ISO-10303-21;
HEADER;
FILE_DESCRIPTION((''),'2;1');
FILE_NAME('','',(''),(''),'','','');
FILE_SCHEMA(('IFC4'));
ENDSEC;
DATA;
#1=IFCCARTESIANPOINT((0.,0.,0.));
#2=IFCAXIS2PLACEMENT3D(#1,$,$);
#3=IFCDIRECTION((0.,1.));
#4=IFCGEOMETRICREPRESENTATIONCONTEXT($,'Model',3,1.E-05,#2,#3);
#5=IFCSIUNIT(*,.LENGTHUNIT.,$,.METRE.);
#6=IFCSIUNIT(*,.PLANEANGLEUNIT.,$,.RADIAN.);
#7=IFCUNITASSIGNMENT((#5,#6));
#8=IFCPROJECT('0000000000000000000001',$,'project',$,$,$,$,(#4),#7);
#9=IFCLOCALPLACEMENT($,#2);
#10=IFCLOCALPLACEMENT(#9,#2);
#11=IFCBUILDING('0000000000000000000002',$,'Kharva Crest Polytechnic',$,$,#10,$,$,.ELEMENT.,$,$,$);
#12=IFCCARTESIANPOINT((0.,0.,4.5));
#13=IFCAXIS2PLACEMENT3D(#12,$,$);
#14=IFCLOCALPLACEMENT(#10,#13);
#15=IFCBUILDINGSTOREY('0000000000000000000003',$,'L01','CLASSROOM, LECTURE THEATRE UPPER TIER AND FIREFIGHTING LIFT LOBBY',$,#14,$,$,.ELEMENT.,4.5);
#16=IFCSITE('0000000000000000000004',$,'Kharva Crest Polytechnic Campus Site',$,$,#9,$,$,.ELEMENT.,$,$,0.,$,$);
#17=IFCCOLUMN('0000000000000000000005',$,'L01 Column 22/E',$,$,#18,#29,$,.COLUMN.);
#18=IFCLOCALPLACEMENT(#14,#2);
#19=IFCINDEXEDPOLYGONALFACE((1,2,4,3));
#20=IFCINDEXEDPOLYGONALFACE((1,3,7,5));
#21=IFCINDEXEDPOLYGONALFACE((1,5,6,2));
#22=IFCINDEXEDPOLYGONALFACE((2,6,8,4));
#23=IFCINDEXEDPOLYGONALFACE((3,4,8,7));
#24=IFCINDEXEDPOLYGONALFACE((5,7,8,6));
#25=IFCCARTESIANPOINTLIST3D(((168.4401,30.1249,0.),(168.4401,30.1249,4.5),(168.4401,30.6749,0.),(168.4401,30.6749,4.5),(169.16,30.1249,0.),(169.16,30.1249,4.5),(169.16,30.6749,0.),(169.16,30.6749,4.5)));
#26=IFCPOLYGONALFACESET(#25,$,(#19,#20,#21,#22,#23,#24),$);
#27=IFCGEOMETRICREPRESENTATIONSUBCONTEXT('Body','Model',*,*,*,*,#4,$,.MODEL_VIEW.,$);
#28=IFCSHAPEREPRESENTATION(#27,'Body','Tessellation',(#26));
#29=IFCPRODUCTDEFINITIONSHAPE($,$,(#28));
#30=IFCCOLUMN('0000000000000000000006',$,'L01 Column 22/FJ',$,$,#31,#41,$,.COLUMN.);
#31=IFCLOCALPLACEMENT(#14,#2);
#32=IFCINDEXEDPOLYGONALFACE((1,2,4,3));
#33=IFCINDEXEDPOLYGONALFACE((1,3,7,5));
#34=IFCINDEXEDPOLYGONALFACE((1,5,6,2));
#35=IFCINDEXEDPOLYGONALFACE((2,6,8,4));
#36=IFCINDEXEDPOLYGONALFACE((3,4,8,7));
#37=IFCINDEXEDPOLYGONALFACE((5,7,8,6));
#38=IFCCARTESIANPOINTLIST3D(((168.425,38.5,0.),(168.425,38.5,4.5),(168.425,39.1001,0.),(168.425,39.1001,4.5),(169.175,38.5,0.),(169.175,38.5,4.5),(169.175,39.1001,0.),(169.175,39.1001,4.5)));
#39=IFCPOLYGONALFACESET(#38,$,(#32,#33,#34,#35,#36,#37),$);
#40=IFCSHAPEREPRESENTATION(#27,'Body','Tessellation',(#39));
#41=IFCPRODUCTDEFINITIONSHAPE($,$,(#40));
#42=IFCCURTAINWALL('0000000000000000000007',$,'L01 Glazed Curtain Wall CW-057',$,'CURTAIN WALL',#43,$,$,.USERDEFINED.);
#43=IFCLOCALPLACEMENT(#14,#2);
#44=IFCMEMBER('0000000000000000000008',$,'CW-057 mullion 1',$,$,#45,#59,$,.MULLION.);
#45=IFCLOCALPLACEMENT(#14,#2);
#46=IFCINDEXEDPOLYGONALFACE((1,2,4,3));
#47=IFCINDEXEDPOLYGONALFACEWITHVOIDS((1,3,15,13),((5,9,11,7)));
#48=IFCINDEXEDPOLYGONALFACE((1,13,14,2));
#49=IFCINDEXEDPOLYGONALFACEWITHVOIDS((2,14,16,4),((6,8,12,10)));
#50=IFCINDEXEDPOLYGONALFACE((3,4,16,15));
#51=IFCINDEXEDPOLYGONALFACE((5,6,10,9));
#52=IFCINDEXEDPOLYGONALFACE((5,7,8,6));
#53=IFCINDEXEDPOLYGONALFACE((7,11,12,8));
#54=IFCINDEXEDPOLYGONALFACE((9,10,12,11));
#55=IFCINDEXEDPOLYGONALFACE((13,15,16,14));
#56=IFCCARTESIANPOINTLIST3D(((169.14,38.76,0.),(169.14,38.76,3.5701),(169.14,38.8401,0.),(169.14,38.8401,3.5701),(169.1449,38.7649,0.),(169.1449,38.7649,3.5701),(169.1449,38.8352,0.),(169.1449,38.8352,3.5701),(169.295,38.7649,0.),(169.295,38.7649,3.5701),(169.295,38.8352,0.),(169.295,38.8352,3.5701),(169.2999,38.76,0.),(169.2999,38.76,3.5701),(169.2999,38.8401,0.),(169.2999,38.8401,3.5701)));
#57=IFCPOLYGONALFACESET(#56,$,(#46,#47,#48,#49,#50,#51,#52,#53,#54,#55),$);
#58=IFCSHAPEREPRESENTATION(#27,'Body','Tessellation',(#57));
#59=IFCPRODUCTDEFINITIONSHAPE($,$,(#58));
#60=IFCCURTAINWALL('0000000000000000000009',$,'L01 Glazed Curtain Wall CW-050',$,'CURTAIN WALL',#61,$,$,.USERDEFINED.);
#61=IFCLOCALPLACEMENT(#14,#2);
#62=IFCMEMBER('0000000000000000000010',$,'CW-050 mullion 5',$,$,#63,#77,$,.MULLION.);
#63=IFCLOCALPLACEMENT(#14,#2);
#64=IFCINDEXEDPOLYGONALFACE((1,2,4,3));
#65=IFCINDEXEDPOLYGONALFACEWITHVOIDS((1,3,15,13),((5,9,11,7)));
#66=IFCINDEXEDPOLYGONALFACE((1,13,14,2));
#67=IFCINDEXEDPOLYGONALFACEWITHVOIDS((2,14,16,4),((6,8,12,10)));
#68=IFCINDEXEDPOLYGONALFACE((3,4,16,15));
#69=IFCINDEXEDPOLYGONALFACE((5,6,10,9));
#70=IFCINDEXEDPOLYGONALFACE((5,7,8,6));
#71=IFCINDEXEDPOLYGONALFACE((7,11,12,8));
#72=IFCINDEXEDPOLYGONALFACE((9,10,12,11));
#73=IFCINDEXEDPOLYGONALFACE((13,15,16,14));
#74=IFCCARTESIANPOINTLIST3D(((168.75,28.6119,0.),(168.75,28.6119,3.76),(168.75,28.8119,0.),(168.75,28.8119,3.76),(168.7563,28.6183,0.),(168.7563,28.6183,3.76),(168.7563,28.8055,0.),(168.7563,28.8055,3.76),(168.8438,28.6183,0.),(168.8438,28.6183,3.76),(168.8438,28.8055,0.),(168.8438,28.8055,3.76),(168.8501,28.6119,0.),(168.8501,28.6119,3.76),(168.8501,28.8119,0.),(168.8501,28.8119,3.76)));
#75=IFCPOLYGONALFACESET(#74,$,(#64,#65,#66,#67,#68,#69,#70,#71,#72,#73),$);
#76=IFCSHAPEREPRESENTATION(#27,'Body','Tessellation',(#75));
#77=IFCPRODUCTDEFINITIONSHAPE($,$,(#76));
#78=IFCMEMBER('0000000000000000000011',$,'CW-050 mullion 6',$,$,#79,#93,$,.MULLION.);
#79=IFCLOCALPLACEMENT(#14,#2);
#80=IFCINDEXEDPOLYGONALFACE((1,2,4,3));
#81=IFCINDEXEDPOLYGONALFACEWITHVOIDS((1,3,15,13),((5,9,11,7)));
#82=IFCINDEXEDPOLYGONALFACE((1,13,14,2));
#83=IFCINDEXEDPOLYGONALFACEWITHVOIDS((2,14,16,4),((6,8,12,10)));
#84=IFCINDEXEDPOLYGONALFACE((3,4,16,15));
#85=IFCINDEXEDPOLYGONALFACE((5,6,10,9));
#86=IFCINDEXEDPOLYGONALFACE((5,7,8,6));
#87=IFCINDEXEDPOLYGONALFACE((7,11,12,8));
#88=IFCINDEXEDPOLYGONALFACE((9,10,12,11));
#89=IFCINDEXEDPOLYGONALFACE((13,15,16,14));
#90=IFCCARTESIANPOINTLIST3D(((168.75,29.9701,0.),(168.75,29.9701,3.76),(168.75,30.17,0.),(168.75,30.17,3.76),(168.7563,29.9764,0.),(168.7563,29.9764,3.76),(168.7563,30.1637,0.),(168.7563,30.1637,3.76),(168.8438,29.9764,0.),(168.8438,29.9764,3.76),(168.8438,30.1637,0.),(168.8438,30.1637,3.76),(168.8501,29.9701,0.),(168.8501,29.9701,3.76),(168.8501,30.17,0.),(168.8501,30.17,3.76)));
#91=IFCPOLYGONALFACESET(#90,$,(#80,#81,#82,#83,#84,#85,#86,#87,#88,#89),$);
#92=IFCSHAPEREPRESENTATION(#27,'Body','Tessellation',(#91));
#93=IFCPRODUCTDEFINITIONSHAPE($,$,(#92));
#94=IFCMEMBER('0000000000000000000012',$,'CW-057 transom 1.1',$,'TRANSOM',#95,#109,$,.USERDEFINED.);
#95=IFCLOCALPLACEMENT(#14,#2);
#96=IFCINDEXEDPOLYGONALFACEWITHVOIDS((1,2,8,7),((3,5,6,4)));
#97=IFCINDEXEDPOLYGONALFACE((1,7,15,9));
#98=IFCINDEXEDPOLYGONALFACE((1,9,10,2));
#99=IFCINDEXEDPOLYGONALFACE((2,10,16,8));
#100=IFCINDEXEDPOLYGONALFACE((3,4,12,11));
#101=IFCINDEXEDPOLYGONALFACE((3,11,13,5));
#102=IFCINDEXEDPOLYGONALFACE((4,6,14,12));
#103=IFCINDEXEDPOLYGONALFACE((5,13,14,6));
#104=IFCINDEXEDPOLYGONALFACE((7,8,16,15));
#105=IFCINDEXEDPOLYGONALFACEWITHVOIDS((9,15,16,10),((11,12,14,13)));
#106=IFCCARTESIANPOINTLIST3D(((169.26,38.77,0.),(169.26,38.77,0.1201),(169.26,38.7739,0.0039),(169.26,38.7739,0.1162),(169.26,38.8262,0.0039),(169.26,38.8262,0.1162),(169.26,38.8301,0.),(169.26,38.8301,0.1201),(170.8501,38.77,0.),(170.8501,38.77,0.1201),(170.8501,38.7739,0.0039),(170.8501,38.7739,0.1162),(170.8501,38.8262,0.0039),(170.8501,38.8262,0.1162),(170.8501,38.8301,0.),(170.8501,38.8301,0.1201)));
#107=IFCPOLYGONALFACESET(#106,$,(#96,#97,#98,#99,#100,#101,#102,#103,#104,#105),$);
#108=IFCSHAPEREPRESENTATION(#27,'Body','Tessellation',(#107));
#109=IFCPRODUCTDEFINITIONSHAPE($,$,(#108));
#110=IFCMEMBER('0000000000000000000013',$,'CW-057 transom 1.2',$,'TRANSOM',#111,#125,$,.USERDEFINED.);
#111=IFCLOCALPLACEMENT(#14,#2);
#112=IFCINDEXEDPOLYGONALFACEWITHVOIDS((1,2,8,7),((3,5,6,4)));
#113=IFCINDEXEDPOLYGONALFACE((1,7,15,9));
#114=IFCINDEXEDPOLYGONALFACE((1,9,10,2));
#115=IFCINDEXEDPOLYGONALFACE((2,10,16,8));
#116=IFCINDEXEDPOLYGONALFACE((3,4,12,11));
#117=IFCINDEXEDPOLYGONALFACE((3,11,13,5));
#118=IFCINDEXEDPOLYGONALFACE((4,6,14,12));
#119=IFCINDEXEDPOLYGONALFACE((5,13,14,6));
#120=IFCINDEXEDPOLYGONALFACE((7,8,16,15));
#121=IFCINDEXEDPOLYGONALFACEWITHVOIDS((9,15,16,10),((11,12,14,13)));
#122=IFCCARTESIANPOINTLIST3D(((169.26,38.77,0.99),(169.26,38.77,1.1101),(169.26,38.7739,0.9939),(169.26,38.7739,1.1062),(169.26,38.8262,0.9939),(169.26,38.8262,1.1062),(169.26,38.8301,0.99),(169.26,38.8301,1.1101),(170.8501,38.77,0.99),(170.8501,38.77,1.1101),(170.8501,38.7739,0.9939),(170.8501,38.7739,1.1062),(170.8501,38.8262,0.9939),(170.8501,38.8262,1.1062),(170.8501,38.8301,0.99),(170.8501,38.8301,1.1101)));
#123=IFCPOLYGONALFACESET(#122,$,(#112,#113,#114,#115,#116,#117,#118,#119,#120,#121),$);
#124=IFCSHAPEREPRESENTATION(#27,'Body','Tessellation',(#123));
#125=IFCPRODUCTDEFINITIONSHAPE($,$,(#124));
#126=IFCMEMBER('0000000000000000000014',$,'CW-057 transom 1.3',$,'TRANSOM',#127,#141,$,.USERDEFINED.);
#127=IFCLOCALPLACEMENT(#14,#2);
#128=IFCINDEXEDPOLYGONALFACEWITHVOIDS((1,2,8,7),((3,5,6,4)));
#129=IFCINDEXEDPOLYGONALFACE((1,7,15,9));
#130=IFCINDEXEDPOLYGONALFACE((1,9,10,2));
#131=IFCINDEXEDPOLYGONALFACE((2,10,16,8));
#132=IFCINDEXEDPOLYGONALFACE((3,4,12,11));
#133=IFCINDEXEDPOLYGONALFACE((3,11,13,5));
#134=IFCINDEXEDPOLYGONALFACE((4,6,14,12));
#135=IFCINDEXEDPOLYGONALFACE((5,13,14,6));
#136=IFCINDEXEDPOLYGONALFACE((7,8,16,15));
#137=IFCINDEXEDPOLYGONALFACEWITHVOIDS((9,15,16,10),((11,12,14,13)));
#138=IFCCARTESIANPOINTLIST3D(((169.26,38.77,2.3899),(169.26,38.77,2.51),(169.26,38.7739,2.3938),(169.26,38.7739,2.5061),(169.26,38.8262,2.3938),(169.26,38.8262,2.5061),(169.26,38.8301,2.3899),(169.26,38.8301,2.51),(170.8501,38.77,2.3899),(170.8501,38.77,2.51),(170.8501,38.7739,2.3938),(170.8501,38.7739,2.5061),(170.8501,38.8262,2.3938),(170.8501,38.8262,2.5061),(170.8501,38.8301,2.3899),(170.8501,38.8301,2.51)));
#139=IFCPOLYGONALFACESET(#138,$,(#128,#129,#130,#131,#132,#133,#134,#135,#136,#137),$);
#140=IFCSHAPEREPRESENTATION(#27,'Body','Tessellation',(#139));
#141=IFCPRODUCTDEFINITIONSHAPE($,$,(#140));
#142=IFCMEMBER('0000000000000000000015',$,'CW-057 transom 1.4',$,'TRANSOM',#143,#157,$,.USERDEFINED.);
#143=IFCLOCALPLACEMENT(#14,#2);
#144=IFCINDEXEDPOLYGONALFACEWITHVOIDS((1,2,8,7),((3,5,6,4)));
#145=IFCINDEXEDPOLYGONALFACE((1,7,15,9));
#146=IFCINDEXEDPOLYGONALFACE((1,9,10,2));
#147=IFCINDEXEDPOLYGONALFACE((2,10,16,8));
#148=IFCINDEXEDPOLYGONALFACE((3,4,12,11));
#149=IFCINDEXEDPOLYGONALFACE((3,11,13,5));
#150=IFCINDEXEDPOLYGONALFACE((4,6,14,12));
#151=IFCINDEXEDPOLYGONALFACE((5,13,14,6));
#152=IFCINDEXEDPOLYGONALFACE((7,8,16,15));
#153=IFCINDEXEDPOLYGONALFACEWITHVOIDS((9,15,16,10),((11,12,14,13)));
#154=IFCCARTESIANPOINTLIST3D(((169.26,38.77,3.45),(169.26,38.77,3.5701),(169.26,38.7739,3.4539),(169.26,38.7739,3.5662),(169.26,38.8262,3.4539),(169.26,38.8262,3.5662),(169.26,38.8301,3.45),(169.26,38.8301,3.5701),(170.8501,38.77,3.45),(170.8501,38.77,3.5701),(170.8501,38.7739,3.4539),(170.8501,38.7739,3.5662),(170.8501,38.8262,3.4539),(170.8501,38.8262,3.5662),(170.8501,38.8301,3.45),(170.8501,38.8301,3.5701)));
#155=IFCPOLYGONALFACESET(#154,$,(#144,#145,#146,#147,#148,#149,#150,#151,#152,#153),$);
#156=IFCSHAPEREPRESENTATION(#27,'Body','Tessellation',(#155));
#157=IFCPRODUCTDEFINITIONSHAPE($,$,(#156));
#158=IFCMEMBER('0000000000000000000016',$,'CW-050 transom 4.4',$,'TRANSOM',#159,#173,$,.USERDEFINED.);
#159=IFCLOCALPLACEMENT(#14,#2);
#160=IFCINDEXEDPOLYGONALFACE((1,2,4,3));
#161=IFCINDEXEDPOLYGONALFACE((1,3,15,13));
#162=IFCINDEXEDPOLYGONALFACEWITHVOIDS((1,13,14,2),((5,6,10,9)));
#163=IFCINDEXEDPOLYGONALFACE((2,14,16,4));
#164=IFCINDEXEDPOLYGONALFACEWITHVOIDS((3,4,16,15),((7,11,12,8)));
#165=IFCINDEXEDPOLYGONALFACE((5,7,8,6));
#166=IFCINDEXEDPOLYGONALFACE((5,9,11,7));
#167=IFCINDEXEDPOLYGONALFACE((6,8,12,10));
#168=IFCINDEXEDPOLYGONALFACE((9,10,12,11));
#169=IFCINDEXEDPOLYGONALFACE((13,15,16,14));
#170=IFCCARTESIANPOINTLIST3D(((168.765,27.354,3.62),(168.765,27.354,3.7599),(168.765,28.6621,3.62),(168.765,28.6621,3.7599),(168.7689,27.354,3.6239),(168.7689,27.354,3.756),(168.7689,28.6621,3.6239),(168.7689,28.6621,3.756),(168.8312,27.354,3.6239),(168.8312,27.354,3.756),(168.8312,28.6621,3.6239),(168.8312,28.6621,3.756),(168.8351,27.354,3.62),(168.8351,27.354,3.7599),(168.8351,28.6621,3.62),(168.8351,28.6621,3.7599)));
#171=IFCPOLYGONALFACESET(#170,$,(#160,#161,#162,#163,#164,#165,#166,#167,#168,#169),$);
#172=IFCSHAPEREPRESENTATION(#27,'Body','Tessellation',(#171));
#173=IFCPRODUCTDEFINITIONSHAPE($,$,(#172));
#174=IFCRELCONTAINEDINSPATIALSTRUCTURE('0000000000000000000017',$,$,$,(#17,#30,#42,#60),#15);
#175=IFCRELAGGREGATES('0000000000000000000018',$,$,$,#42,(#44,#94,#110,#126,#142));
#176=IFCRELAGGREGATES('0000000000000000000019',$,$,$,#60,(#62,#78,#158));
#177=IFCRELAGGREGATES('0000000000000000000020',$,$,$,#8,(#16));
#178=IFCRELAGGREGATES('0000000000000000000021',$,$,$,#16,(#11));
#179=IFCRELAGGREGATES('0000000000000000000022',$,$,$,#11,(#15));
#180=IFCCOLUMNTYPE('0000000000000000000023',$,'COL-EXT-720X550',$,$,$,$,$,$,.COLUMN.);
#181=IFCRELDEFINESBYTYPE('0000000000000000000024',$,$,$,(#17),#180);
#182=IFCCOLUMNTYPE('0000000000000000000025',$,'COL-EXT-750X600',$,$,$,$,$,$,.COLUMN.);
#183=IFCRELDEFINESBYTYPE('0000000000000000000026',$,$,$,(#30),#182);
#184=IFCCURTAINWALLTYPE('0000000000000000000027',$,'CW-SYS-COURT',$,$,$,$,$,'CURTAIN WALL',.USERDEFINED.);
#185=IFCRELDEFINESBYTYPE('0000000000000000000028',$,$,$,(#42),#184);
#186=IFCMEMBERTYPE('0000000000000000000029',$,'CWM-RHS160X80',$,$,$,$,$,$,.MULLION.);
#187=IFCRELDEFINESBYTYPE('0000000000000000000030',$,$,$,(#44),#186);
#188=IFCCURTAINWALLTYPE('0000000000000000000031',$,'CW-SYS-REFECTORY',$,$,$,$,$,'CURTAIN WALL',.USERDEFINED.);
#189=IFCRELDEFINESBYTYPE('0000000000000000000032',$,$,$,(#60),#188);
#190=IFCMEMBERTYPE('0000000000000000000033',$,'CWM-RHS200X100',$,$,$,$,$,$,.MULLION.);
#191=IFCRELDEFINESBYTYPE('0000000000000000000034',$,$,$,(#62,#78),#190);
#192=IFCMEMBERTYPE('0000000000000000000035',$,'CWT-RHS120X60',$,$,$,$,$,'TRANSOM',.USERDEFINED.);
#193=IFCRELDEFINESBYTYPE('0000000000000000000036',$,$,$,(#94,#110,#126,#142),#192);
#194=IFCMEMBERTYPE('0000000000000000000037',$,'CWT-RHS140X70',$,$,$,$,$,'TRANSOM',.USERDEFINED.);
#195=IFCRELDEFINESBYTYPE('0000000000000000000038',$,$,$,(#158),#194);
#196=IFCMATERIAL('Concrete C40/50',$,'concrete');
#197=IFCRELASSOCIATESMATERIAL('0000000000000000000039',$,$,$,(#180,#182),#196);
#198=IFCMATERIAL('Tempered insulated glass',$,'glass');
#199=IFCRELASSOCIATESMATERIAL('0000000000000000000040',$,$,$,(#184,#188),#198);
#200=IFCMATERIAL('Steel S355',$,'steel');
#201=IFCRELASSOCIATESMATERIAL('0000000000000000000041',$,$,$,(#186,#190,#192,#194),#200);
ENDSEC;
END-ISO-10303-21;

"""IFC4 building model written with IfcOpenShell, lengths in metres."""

from ifc_helpers import new_model, si_unit, direction, frame, origin, origin_2d, place, context, subcontext, project, spatial, rectangle, hollow_rectangle, extrude, material, material_profile, profile_set, type_object, element, aggregate, save


model = new_model("IFC4")

# Units and contexts
model_context = context("Model", 3, precision=1e-05, world=origin(), true_north=direction((0.0, 1.0)))
body_context = subcontext(model_context, "Body", "Model", "MODEL_VIEW")
ifc_project = project(units=[si_unit("LENGTHUNIT", "METRE"), si_unit("PLANEANGLEUNIT", "RADIAN")], contexts=[model_context])

# Site, building, storey
site_placement = place(None, origin())
site = spatial("IfcSite", under=ifc_project, at=site_placement, Name="Kharva Crest Polytechnic Campus Site", CompositionType="ELEMENT", RefElevation=0.0)
building_placement = place(site_placement, origin())
building = spatial("IfcBuilding", under=site, at=building_placement, Name="Kharva Crest Polytechnic", CompositionType="ELEMENT")
storey_placement = place(building_placement, frame((0.0, 0.0, 4.5)))
storey = spatial("IfcBuildingStorey", under=building, at=storey_placement, Name="L01", Description="CLASSROOM, LECTURE THEATRE UPPER TIER AND FIREFIGHTING LIFT LOBBY", CompositionType="ELEMENT", Elevation=4.5)

# Columns
ifc_material_1 = material(Name="Concrete C40/50", Category="concrete")
ifc_material_profile_1 = material_profile(ifc_material_1, rectangle(XDim=0.72, YDim=0.55, at=origin_2d()), Name="RECT 720 X 550")
ifc_profile_set_1 = profile_set([ifc_material_profile_1], Name="Concrete C40/50")
column_type_1 = type_object("IfcColumnType", Name="COL-EXT-720X550", PredefinedType="COLUMN", material=ifc_profile_set_1)
column_1_placement = place(storey_placement, frame((168.8, 30.3999, 0.0), z_axis=(0.0, 0.0, 1.0), x_axis=(1.0, 0.0, 0.0)))
element("IfcColumn", 1, at=column_1_placement, inside=storey, type_object=column_type_1, Name="L01 Column 22/E", PredefinedType="COLUMN", context=body_context, shape_type="SweptSolid", body=[
    extrude(rectangle(XDim=0.72, YDim=0.55, at=origin_2d()), origin(), (0.0, 0.0, 1.0), 4.5),
])
ifc_material_profile_2 = material_profile(ifc_material_1, rectangle(XDim=0.75, YDim=0.6001, at=origin_2d()), Name="RECT 750 X 600")
ifc_profile_set_2 = profile_set([ifc_material_profile_2], Name="Concrete C40/50")
column_type_2 = type_object("IfcColumnType", Name="COL-EXT-750X600", PredefinedType="COLUMN", material=ifc_profile_set_2)
column_2_placement = place(storey_placement, frame((168.8, 38.8, 0.0), z_axis=(0.0, 0.0, 1.0), x_axis=(1.0, 0.0, 0.0)))
element("IfcColumn", 2, at=column_2_placement, inside=storey, type_object=column_type_2, Name="L01 Column 22/FJ", PredefinedType="COLUMN", context=body_context, shape_type="SweptSolid", body=[
    extrude(rectangle(XDim=0.75, YDim=0.6001, at=origin_2d()), origin(), (0.0, 0.0, 1.0), 4.5),
])

# Curtain wall, member
ifc_material_2 = material(Name="Tempered insulated glass", Category="glass")
curtain_wall_type_1 = type_object("IfcCurtainWallType", Name="CW-SYS-COURT", ElementType="CURTAIN WALL", PredefinedType="USERDEFINED", material=ifc_material_2)
curtain_wall_1_placement = place(storey_placement, origin())
curtain_wall_1 = element("IfcCurtainWall", 3, at=curtain_wall_1_placement, inside=storey, type_object=curtain_wall_type_1, Name="L01 Glazed Curtain Wall CW-057", ObjectType="CURTAIN WALL", PredefinedType="USERDEFINED")
ifc_material_3 = material(Name="Steel S355", Category="steel")
ifc_material_profile_3 = material_profile(ifc_material_3, hollow_rectangle(XDim=0.0801, YDim=0.1599, WallThickness=0.0049, at=origin_2d()), Name="RHS 160X80X5.0")
ifc_profile_set_3 = profile_set([ifc_material_profile_3], Name="Steel S355")
member_type_1 = type_object("IfcMemberType", Name="CWM-RHS160X80", PredefinedType="MULLION", material=ifc_profile_set_3)
member_1_placement = place(storey_placement, frame((169.22, 38.8, 0.0), z_axis=(0.0, 0.0, 1.0), x_axis=(0.0, 1.0, 0.0)))
member_1 = element("IfcMember", 4, at=member_1_placement, type_object=member_type_1, Name="CW-057 mullion 1", PredefinedType="MULLION", context=body_context, shape_type="SweptSolid", body=[
    extrude(hollow_rectangle(XDim=0.0801, YDim=0.1599, WallThickness=0.0049, at=origin_2d()), origin(), (0.0, 0.0, 1.0), 3.5701),
])

# Curtain wall, members
curtain_wall_type_2 = type_object("IfcCurtainWallType", Name="CW-SYS-REFECTORY", ElementType="CURTAIN WALL", PredefinedType="USERDEFINED", material=ifc_material_2)
curtain_wall_2_placement = place(storey_placement, origin())
curtain_wall_2 = element("IfcCurtainWall", 5, at=curtain_wall_2_placement, inside=storey, type_object=curtain_wall_type_2, Name="L01 Glazed Curtain Wall CW-050", ObjectType="CURTAIN WALL", PredefinedType="USERDEFINED")
ifc_material_profile_4 = material_profile(ifc_material_3, hollow_rectangle(XDim=0.1001, YDim=0.2, WallThickness=0.0063, at=origin_2d()), Name="RHS 200X100X6.3")
ifc_profile_set_4 = profile_set([ifc_material_profile_4], Name="Steel S355")
member_type_2 = type_object("IfcMemberType", Name="CWM-RHS200X100", PredefinedType="MULLION", material=ifc_profile_set_4)
member_2_placement = place(storey_placement, frame((168.8, 28.7119, 0.0), z_axis=(0.0, 0.0, 1.0), x_axis=(-1.0, 0.0, 0.0)))
member_2 = element("IfcMember", 6, at=member_2_placement, type_object=member_type_2, Name="CW-050 mullion 5", PredefinedType="MULLION", context=body_context, shape_type="SweptSolid", body=[
    extrude(hollow_rectangle(XDim=0.1001, YDim=0.2, WallThickness=0.0063, at=origin_2d()), origin(), (0.0, 0.0, 1.0), 3.76),
])
member_3_placement = place(storey_placement, frame((168.8, 30.0701, 0.0), z_axis=(0.0, 0.0, 1.0), x_axis=(-1.0, 0.0, 0.0)))
member_3 = element("IfcMember", 7, at=member_3_placement, type_object=member_type_2, Name="CW-050 mullion 6", PredefinedType="MULLION", context=body_context, shape_type="SweptSolid", body=[
    extrude(hollow_rectangle(XDim=0.1001, YDim=0.2, WallThickness=0.0063, at=origin_2d()), origin(), (0.0, 0.0, 1.0), 3.76),
])

# Members
ifc_material_profile_5 = material_profile(ifc_material_3, hollow_rectangle(XDim=0.0601, YDim=0.1201, WallThickness=0.0039, at=origin_2d()), Name="RHS 120X60X4.0")
ifc_profile_set_5 = profile_set([ifc_material_profile_5], Name="Steel S355")
member_type_3 = type_object("IfcMemberType", Name="CWT-RHS120X60", ElementType="TRANSOM", PredefinedType="USERDEFINED", material=ifc_profile_set_5)
member_4_placement = place(storey_placement, frame((169.26, 38.8, 0.0601), z_axis=(1.0, 0.0, 0.0), x_axis=(0.0, 1.0, 0.0)))
member_4 = element("IfcMember", 8, at=member_4_placement, type_object=member_type_3, Name="CW-057 transom 1.1", ObjectType="TRANSOM", PredefinedType="USERDEFINED", context=body_context, shape_type="SweptSolid", body=[
    extrude(hollow_rectangle(XDim=0.0601, YDim=0.1201, WallThickness=0.0039, at=origin_2d()), origin(), (0.0, 0.0, 1.0), 1.5901),
])
member_5_placement = place(storey_placement, frame((169.26, 38.8, 1.05), z_axis=(1.0, 0.0, 0.0), x_axis=(0.0, 1.0, 0.0)))
member_5 = element("IfcMember", 9, at=member_5_placement, type_object=member_type_3, Name="CW-057 transom 1.2", ObjectType="TRANSOM", PredefinedType="USERDEFINED", context=body_context, shape_type="SweptSolid", body=[
    extrude(hollow_rectangle(XDim=0.0601, YDim=0.1201, WallThickness=0.0039, at=origin_2d()), origin(), (0.0, 0.0, 1.0), 1.5901),
])
member_6_placement = place(storey_placement, frame((169.26, 38.8, 2.45), z_axis=(1.0, 0.0, 0.0), x_axis=(0.0, 1.0, 0.0)))
member_6 = element("IfcMember", 10, at=member_6_placement, type_object=member_type_3, Name="CW-057 transom 1.3", ObjectType="TRANSOM", PredefinedType="USERDEFINED", context=body_context, shape_type="SweptSolid", body=[
    extrude(hollow_rectangle(XDim=0.0601, YDim=0.1201, WallThickness=0.0039, at=origin_2d()), origin(), (0.0, 0.0, 1.0), 1.5901),
])
member_7_placement = place(storey_placement, frame((169.26, 38.8, 3.51), z_axis=(1.0, 0.0, 0.0), x_axis=(0.0, 1.0, 0.0)))
member_7 = element("IfcMember", 11, at=member_7_placement, type_object=member_type_3, Name="CW-057 transom 1.4", ObjectType="TRANSOM", PredefinedType="USERDEFINED", context=body_context, shape_type="SweptSolid", body=[
    extrude(hollow_rectangle(XDim=0.0601, YDim=0.1201, WallThickness=0.0039, at=origin_2d()), origin(), (0.0, 0.0, 1.0), 1.5901),
])
ifc_material_profile_6 = material_profile(ifc_material_3, hollow_rectangle(XDim=0.0701, YDim=0.1399, WallThickness=0.0039, at=origin_2d()), Name="RHS 140X70X4.0")
ifc_profile_set_6 = profile_set([ifc_material_profile_6], Name="Steel S355")
member_type_4 = type_object("IfcMemberType", Name="CWT-RHS140X70", ElementType="TRANSOM", PredefinedType="USERDEFINED", material=ifc_profile_set_6)
member_8_placement = place(storey_placement, frame((168.8, 27.354, 3.6899), z_axis=(0.0, 1.0, 0.0), x_axis=(-1.0, 0.0, 0.0)))
member_8 = element("IfcMember", 12, at=member_8_placement, type_object=member_type_4, Name="CW-050 transom 4.4", ObjectType="TRANSOM", PredefinedType="USERDEFINED", context=body_context, shape_type="SweptSolid", body=[
    extrude(hollow_rectangle(XDim=0.0701, YDim=0.1399, WallThickness=0.0039, at=origin_2d()), origin(), (0.0, 0.0, 1.0), 1.3081),
])

aggregate(curtain_wall_1, [member_1, member_4, member_5, member_6, member_7])
aggregate(curtain_wall_2, [member_2, member_3, member_8])

save(model, "model.ifc")
